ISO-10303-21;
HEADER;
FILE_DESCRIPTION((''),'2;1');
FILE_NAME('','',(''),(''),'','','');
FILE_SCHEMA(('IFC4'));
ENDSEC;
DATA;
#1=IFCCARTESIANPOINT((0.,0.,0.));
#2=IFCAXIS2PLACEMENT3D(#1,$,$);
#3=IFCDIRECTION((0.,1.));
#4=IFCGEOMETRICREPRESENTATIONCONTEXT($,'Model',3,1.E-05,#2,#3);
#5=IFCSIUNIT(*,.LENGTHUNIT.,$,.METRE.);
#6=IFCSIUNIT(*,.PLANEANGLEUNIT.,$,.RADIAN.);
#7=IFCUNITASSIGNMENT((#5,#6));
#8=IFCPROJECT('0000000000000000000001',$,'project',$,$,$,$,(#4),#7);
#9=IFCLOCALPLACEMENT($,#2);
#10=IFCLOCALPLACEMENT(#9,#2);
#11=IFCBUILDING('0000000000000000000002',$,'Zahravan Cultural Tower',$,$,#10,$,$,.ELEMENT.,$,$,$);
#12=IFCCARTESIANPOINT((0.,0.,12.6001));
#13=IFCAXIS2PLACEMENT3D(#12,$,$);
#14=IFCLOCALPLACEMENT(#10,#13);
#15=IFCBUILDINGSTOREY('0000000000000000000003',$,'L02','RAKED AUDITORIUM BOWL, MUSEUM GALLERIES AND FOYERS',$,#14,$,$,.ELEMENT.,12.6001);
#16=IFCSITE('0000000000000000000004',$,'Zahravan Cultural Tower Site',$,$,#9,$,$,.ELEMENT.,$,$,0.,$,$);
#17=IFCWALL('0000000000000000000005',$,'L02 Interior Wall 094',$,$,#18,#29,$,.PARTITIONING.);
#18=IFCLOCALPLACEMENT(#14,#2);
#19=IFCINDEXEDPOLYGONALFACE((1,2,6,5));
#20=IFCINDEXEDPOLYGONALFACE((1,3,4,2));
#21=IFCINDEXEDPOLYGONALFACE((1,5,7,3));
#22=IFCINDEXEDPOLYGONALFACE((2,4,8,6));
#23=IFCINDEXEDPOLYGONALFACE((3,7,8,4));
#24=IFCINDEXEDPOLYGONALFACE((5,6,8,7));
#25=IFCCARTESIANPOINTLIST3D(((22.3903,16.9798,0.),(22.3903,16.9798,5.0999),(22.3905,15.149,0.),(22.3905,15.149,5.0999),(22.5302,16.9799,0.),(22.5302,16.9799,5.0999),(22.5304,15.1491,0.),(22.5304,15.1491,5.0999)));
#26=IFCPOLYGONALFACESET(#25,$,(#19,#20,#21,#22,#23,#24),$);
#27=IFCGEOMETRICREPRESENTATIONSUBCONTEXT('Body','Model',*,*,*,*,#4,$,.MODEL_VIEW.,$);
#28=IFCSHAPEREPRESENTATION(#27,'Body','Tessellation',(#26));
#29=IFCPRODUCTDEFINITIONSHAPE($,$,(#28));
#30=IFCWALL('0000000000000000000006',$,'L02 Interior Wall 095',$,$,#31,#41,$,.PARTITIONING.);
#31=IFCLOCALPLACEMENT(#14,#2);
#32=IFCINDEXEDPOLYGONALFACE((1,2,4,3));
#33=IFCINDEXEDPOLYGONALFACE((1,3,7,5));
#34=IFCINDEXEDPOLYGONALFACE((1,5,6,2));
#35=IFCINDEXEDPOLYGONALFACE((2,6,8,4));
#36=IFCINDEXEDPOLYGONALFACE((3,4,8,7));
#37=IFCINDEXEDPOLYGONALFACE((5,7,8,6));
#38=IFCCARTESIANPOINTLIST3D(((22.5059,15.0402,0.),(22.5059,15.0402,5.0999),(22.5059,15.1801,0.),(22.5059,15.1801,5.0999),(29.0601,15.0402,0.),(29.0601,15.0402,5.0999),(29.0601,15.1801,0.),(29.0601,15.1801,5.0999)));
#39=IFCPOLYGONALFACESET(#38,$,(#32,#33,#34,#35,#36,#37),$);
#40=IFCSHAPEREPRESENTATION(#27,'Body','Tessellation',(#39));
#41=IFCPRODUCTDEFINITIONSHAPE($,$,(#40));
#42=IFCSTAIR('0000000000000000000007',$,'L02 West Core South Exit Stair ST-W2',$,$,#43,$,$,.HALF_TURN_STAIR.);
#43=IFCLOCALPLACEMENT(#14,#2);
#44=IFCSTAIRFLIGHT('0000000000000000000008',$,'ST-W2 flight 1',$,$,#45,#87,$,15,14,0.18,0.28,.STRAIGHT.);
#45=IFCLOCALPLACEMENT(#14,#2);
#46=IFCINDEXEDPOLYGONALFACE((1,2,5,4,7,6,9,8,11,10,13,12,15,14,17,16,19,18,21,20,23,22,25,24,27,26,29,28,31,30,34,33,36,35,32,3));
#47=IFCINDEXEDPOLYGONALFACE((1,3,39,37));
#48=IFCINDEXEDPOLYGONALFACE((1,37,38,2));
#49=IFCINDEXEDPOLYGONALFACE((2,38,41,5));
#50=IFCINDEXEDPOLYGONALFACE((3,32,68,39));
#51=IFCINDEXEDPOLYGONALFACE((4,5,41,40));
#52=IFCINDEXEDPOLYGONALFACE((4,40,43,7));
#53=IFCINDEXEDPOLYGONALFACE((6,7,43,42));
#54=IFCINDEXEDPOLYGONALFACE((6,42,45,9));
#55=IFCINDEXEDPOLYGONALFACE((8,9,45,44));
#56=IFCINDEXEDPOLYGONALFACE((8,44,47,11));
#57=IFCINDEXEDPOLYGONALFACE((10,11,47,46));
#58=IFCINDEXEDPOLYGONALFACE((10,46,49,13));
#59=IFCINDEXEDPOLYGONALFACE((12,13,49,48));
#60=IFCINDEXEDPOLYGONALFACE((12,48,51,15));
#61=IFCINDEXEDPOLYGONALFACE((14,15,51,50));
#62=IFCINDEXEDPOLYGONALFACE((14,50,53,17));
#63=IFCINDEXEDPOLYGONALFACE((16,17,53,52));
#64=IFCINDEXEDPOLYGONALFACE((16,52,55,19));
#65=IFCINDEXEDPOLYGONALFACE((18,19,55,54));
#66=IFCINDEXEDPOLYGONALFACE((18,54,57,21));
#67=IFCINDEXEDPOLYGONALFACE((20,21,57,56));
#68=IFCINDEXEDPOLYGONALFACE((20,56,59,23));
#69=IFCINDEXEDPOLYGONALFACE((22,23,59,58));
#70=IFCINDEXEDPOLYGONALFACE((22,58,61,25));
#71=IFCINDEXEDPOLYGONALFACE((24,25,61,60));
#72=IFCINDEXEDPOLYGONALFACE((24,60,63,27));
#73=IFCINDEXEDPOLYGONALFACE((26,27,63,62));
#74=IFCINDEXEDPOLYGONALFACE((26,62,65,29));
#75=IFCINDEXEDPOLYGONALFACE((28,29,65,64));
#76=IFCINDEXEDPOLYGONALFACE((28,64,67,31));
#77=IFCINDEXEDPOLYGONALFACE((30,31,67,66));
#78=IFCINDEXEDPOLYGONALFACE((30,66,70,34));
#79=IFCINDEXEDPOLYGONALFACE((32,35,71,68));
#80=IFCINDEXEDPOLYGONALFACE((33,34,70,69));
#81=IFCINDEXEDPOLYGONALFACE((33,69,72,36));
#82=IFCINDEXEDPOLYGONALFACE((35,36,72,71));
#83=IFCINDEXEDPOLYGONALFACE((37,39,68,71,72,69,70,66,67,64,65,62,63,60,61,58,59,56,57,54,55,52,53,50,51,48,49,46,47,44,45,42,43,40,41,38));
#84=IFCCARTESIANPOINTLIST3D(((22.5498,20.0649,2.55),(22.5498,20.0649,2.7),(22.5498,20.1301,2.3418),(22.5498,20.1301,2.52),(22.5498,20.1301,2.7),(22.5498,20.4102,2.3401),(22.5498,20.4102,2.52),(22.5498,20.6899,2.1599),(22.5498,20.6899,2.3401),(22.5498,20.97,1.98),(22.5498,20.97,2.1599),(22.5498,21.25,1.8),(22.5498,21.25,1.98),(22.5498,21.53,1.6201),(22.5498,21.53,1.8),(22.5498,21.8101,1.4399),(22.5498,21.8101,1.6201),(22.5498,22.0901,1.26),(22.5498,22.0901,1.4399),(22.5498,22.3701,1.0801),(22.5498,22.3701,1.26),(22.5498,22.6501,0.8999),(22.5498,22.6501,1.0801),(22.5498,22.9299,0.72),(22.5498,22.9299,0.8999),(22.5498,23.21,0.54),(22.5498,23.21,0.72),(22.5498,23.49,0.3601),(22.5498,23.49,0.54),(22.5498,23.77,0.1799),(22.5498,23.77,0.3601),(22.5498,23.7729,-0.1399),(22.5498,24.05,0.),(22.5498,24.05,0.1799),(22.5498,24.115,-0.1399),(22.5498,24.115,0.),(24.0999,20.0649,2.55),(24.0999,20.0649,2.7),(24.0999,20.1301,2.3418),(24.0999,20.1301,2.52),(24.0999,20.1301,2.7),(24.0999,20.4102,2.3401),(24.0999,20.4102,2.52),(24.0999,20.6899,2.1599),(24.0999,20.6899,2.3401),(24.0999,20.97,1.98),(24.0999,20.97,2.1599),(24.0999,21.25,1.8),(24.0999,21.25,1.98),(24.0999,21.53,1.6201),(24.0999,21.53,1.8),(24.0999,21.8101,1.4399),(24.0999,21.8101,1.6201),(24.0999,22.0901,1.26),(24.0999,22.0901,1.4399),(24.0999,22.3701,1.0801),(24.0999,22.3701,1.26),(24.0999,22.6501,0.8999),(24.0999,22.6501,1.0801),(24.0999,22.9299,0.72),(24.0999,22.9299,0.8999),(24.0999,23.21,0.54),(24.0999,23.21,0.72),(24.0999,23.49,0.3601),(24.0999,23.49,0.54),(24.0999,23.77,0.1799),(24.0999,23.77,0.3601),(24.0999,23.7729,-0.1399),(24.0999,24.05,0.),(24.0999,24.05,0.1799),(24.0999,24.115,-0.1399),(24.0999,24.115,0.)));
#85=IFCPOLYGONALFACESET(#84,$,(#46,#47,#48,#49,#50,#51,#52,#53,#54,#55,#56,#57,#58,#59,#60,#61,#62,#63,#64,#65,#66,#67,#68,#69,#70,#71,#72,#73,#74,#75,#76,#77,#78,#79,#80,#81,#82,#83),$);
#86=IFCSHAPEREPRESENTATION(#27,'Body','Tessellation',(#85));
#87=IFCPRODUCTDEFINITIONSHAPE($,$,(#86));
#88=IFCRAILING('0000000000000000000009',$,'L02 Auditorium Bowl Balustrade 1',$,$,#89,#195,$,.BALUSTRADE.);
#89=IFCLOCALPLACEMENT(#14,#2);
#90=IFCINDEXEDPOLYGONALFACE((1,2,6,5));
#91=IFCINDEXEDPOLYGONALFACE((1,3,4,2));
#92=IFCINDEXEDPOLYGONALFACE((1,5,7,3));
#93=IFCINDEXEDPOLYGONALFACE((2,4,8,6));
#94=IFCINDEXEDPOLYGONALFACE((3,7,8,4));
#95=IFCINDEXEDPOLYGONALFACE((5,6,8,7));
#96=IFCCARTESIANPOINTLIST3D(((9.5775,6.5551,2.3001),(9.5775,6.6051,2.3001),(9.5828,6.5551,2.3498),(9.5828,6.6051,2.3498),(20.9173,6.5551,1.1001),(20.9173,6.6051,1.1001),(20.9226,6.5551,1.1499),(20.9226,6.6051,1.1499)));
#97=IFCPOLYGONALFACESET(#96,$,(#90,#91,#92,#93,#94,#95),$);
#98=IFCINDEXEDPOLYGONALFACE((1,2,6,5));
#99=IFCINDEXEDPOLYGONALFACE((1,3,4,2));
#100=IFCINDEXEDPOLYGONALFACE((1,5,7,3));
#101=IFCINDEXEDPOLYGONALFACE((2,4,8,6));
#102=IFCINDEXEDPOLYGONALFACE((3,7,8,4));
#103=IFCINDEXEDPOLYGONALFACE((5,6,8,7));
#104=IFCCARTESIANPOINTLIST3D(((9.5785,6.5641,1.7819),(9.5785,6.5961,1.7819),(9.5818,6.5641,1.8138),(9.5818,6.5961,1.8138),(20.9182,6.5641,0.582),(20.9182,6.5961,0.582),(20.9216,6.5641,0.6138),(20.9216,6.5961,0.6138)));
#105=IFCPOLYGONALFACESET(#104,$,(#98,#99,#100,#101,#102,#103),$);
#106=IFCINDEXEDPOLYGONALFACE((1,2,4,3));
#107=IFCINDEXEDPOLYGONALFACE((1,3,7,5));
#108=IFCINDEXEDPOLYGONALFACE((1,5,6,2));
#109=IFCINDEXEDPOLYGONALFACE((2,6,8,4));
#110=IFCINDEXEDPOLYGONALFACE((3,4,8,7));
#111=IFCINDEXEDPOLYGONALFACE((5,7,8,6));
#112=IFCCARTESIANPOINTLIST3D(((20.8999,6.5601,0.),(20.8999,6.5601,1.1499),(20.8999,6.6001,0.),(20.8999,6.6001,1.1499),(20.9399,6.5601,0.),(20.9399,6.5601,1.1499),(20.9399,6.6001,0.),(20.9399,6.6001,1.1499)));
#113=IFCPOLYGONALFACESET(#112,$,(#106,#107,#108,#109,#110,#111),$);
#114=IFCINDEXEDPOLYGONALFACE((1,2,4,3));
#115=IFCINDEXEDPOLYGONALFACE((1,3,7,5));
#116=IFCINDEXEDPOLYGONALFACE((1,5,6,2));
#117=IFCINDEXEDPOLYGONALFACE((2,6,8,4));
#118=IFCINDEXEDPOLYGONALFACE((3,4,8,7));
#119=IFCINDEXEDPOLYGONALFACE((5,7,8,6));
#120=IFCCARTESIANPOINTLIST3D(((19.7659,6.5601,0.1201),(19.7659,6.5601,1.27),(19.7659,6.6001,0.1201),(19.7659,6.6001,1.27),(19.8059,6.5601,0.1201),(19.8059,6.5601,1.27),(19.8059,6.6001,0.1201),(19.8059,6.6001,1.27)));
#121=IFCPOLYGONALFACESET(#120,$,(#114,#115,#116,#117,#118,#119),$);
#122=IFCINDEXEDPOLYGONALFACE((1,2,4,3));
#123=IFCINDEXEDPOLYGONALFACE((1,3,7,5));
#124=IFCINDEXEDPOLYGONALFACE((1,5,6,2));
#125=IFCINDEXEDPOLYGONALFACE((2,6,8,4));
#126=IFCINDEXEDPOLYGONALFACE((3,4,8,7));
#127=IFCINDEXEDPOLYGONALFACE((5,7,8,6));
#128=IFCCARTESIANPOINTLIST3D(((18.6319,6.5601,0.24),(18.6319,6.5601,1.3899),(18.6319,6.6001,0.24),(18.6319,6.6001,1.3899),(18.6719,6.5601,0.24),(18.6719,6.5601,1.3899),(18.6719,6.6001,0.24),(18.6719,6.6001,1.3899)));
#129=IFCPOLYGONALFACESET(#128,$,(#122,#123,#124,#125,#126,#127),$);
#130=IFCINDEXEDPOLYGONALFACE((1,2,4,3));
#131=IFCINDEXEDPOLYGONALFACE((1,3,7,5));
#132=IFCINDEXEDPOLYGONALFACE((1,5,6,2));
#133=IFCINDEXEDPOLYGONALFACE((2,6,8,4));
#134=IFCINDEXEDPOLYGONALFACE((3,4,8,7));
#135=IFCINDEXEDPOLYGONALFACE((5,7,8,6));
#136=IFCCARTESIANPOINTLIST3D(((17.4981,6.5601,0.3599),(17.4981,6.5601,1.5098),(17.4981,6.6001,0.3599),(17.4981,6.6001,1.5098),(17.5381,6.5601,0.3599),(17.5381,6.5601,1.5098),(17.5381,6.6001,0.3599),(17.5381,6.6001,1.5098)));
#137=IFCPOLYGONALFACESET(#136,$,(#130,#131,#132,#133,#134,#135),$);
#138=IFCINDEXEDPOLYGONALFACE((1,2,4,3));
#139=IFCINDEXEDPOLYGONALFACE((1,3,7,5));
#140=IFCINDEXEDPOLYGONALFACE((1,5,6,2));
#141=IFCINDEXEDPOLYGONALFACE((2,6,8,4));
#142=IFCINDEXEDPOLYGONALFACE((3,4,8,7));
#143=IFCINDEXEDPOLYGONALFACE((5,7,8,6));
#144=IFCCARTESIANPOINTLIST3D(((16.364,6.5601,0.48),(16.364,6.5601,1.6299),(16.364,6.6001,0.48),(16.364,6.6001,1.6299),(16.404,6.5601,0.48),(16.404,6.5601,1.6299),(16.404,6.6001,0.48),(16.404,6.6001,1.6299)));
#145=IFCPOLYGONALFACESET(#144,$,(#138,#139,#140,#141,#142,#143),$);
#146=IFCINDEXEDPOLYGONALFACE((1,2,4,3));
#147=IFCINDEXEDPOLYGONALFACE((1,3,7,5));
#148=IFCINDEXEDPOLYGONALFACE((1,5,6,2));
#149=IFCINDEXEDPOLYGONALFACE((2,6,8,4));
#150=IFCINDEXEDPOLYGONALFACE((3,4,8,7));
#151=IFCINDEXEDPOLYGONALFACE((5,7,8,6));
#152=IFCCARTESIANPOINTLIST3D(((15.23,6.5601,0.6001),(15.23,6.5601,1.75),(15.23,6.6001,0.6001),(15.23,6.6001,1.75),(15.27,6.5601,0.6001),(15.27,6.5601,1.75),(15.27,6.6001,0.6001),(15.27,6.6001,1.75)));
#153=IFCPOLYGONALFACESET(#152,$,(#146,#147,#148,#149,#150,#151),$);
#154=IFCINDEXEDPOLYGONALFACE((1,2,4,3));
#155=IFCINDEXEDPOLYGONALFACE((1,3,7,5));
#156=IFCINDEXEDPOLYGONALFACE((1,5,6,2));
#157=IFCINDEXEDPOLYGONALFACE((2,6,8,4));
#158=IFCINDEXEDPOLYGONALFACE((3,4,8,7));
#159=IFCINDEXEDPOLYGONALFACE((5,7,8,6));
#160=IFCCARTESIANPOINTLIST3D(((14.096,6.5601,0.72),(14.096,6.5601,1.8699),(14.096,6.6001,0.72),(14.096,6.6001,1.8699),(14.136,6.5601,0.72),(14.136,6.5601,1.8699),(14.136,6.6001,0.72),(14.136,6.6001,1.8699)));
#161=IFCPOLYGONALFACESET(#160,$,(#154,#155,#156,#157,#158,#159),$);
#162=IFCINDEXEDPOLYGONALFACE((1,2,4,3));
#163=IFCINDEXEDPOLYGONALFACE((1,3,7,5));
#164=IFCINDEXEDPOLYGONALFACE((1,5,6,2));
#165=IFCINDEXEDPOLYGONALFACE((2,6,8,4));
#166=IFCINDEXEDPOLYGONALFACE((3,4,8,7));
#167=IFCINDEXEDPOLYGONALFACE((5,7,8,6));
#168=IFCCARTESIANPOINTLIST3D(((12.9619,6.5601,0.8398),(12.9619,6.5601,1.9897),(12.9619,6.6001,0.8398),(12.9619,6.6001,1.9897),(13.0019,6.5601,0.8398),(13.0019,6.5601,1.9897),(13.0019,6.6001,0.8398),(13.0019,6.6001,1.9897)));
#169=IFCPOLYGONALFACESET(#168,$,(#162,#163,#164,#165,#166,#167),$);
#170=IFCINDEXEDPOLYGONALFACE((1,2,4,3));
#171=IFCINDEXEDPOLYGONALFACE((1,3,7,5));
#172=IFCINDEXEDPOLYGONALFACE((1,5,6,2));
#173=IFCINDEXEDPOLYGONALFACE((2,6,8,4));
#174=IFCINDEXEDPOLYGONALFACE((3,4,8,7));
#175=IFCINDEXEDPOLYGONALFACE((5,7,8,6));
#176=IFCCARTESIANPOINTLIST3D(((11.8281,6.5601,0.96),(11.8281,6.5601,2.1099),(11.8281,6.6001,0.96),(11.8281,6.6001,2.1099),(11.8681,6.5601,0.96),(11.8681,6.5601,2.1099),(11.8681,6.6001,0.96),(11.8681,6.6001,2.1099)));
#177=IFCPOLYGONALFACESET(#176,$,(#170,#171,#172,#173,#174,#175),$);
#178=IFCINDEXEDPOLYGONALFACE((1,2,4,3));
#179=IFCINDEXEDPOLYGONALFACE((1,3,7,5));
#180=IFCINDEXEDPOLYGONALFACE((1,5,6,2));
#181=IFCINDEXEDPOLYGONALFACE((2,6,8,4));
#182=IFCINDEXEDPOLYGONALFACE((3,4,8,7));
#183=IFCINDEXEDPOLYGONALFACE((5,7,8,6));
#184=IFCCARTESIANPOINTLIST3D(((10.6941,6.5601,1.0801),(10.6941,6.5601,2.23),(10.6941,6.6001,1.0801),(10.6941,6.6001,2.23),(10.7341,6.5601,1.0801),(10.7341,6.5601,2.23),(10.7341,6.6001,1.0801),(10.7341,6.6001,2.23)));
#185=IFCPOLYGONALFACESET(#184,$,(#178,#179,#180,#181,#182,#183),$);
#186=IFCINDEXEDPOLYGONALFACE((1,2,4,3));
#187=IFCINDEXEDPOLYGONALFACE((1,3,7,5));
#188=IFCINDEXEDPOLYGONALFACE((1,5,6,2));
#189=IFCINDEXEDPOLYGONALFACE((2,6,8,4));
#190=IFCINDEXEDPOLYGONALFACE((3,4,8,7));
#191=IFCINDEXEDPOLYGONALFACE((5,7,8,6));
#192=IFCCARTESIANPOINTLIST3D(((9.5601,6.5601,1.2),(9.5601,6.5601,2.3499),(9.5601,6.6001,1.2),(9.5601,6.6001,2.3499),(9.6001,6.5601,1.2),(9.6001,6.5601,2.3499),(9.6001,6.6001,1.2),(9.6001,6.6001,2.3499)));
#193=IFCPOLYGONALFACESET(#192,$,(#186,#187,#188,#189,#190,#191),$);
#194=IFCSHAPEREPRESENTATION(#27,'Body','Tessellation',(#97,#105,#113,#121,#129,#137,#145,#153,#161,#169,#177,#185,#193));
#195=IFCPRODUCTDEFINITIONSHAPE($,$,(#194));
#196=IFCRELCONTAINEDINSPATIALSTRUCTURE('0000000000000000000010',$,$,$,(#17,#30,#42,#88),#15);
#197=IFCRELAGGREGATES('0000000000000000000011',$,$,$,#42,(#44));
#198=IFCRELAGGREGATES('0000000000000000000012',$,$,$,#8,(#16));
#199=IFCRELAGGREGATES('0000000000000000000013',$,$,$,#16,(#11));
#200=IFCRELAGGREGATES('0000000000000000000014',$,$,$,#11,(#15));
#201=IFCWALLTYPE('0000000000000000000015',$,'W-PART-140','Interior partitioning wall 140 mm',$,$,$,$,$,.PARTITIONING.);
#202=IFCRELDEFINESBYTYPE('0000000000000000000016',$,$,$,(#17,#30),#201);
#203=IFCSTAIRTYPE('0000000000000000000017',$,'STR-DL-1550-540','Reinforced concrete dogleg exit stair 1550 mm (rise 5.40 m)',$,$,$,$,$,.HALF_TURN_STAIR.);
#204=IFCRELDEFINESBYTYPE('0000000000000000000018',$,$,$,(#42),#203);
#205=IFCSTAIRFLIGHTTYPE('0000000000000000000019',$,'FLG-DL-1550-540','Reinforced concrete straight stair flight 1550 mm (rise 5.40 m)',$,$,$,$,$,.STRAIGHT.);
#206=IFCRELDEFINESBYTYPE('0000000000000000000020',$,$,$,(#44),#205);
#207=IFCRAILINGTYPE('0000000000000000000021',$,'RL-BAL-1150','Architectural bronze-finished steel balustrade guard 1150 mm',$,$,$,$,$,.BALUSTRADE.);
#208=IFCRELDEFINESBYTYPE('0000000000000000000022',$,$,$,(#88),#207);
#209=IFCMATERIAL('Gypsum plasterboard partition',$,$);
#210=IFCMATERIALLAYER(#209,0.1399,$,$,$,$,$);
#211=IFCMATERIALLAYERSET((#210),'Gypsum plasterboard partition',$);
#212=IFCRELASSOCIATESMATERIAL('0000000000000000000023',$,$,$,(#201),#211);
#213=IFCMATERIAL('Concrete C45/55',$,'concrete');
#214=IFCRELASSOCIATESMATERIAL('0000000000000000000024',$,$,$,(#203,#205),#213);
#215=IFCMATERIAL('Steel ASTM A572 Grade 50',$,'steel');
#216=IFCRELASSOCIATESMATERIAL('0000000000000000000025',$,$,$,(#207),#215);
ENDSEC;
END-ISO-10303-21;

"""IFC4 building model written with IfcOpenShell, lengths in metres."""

from ifc_helpers import new_model, si_unit, direction, frame, frame_2d, origin, origin_2d, place, context, subcontext, project, spatial, polyline, rectangle, outline, extrude, source, transform, mapped, material, layer, layer_set, type_object, element, aggregate, save


model = new_model("IFC4")

# Units and contexts
model_context = context("Model", 3, precision=1e-05, world=origin(), true_north=direction((0.0, 1.0)))
body_context = subcontext(model_context, "Body", "Model", "MODEL_VIEW")
ifc_project = project(units=[si_unit("LENGTHUNIT", "METRE"), si_unit("PLANEANGLEUNIT", "RADIAN")], contexts=[model_context])

# Site, building, storey
site_placement = place(None, origin())
site = spatial("IfcSite", under=ifc_project, at=site_placement, Name="Zahravan Cultural Tower Site", CompositionType="ELEMENT", RefElevation=0.0)
building_placement = place(site_placement, origin())
building = spatial("IfcBuilding", under=site, at=building_placement, Name="Zahravan Cultural Tower", CompositionType="ELEMENT")
storey_placement = place(building_placement, frame((0.0, 0.0, 12.6001)))
storey = spatial("IfcBuildingStorey", under=building, at=storey_placement, Name="L02", Description="RAKED AUDITORIUM BOWL, MUSEUM GALLERIES AND FOYERS", CompositionType="ELEMENT", Elevation=12.6001)

# Shared definitions
ifc_material_1 = material(Name="Concrete C45/55", Category="concrete")

# Walls
ifc_material_2 = material(Name="Gypsum plasterboard partition")
ifc_layer_1 = layer(ifc_material_2, 0.1399)
ifc_layer_set_1 = layer_set([ifc_layer_1], Name="Gypsum plasterboard partition")
wall_type_1 = type_object("IfcWallType", Name="W-PART-140", Description="Interior partitioning wall 140 mm", PredefinedType="PARTITIONING", material=ifc_layer_set_1)
shared_shape_1 = source(origin(), body_context, "Body", "SweptSolid", [
    extrude(rectangle(XDim=1.8308, YDim=0.1399, at=frame_2d((0.9155, 0.0))), origin(), (0.0, 0.0, 1.0), 5.0999),
])
wall_1_placement = place(storey_placement, frame((22.4602, 16.98, 0.0), z_axis=(0.0, 0.0, 1.0), x_axis=(0.000133, -1.0, 0.0)))
element("IfcWall", 1, at=wall_1_placement, inside=storey, type_object=wall_type_1, Name="L02 Interior Wall 094", PredefinedType="PARTITIONING", context=body_context, shape_type="MappedRepresentation", body=[
    mapped(shared_shape_1, transform((0.0, 0.0, 0.0), x_axis=(1.0, 0.0, 0.0), y_axis=(0.0, 1.0, 0.0), z_axis=(0.0, 0.0, 1.0), scale=1.0)),
])
shared_shape_2 = source(origin(), body_context, "Body", "SweptSolid", [
    extrude(rectangle(XDim=6.5542, YDim=0.1399, at=frame_2d((3.2771, 0.0))), origin(), (0.0, 0.0, 1.0), 5.0999),
])
wall_2_placement = place(storey_placement, frame((22.5059, 15.1101, 0.0), z_axis=(0.0, 0.0, 1.0), x_axis=(1.0, 0.0, 0.0)))
element("IfcWall", 2, at=wall_2_placement, inside=storey, type_object=wall_type_1, Name="L02 Interior Wall 095", PredefinedType="PARTITIONING", context=body_context, shape_type="MappedRepresentation", body=[
    mapped(shared_shape_2, transform((0.0, 0.0, 0.0), x_axis=(1.0, 0.0, 0.0), y_axis=(0.0, 1.0, 0.0), z_axis=(0.0, 0.0, 1.0), scale=1.0)),
])

# Stair, stair flight
stair_type = type_object("IfcStairType", Name="STR-DL-1550-540", Description="Reinforced concrete dogleg exit stair 1550 mm (rise 5.40 m)", PredefinedType="HALF_TURN_STAIR", material=ifc_material_1)
stair_placement = place(storey_placement, origin())
stair = element("IfcStair", 3, at=stair_placement, inside=storey, type_object=stair_type, Name="L02 West Core South Exit Stair ST-W2", PredefinedType="HALF_TURN_STAIR")
stair_flight_type = type_object("IfcStairFlightType", Name="FLG-DL-1550-540", Description="Reinforced concrete straight stair flight 1550 mm (rise 5.40 m)", PredefinedType="STRAIGHT", material=ifc_material_1)
stair_flight_placement = place(storey_placement, frame((23.325, 24.05, 0.0), z_axis=(0.0, 0.0, 1.0), x_axis=(0.0, -1.0, 0.0)))
stair_flight = element("IfcStairFlight", 4, at=stair_flight_placement, type_object=stair_flight_type, Name="ST-W2 flight 1", NumberOfRisers=15, NumberOfTreads=14, PredefinedType="STRAIGHT", RiserHeight=0.18, TreadLength=0.28, context=body_context, shape_type="SweptSolid", body=[
    extrude(outline(polyline([(-0.0649, -0.1399), (-0.0649, 0.0), (0.0, 0.0), (0.0, 0.1799), (0.28, 0.1799), (0.28, 0.3601), (0.5601, 0.3601), (0.5601, 0.54), (0.8401, 0.54), (0.8401, 0.72), (1.1201, 0.72), (1.1201, 0.8999), (1.3999, 0.8999), (1.3999, 1.0801), (1.6799, 1.0801), (1.6799, 1.26), (1.96, 1.26), (1.96, 1.4399), (2.24, 1.4399), (2.24, 1.6201), (2.52, 1.6201), (2.52, 1.8), (2.8, 1.8), (2.8, 1.98), (3.0801, 1.98), (3.0801, 2.1599), (3.3601, 2.1599), (3.3601, 2.3401), (3.6399, 2.3401), (3.6399, 2.52), (3.9199, 2.52), (3.9199, 2.7), (3.9851, 2.7), (3.9851, 2.55), (3.9199, 2.3418), (0.2771, -0.1399), (-0.0649, -0.1399)])), frame((0.0, 0.7749, 0.0), z_axis=(0.0, -1.0, 0.0), x_axis=(1.0, 0.0, 0.0)), (0.0, 0.0, 1.0), 1.55),
])
aggregate(stair, [stair_flight])

# Railing
ifc_material_3 = material(Name="Steel ASTM A572 Grade 50", Category="steel")
railing_type_1 = type_object("IfcRailingType", Name="RL-BAL-1150", Description="Architectural bronze-finished steel balustrade guard 1150 mm", PredefinedType="BALUSTRADE", material=ifc_material_3)
railing_1_placement = place(storey_placement, frame((20.9199, 6.5801, 0.0)))
element("IfcRailing", 5, at=railing_1_placement, inside=storey, type_object=railing_type_1, Name="L02 Auditorium Bowl Balustrade 1", PredefinedType="BALUSTRADE", context=body_context, shape_type="SweptSolid", body=[
    extrude(rectangle(XDim=0.05, YDim=0.05, at=origin_2d()), frame((0.0, 0.0, 1.125), z_axis=(-0.994448, 0.0, 0.10523), x_axis=(0.0, -1.0, 0.0)), (0.0, 0.0, 1.0), 11.4031),
    extrude(rectangle(XDim=0.032, YDim=0.032, at=origin_2d()), frame((0.0, 0.0, 0.5979), z_axis=(-0.994448, 0.0, 0.10523), x_axis=(0.0, -1.0, 0.0)), (0.0, 0.0, 1.0), 11.4031),
    extrude(rectangle(XDim=0.04, YDim=0.04, at=origin_2d()), origin(), (0.0, 0.0, 1.0), 1.1499),
    extrude(rectangle(XDim=0.04, YDim=0.04, at=origin_2d()), frame((-1.134, 0.0, 0.1201)), (0.0, 0.0, 1.0), 1.1499),
    extrude(rectangle(XDim=0.04, YDim=0.04, at=origin_2d()), frame((-2.2681, 0.0, 0.24)), (0.0, 0.0, 1.0), 1.1499),
    extrude(rectangle(XDim=0.04, YDim=0.04, at=origin_2d()), frame((-3.4019, 0.0, 0.3599)), (0.0, 0.0, 1.0), 1.1499),
    extrude(rectangle(XDim=0.04, YDim=0.04, at=origin_2d()), frame((-4.5359, 0.0, 0.48)), (0.0, 0.0, 1.0), 1.1499),
    extrude(rectangle(XDim=0.04, YDim=0.04, at=origin_2d()), frame((-5.6699, 0.0, 0.6001)), (0.0, 0.0, 1.0), 1.1499),
    extrude(rectangle(XDim=0.04, YDim=0.04, at=origin_2d()), frame((-6.804, 0.0, 0.72)), (0.0, 0.0, 1.0), 1.1499),
    extrude(rectangle(XDim=0.04, YDim=0.04, at=origin_2d()), frame((-7.938, 0.0, 0.8398)), (0.0, 0.0, 1.0), 1.1499),
    extrude(rectangle(XDim=0.04, YDim=0.04, at=origin_2d()), frame((-9.0718, 0.0, 0.96)), (0.0, 0.0, 1.0), 1.1499),
    extrude(rectangle(XDim=0.04, YDim=0.04, at=origin_2d()), frame((-10.2058, 0.0, 1.0801)), (0.0, 0.0, 1.0), 1.1499),
    extrude(rectangle(XDim=0.04, YDim=0.04, at=origin_2d()), frame((-11.3398, 0.0, 1.2)), (0.0, 0.0, 1.0), 1.1499),
])

save(model, "model.ifc")
